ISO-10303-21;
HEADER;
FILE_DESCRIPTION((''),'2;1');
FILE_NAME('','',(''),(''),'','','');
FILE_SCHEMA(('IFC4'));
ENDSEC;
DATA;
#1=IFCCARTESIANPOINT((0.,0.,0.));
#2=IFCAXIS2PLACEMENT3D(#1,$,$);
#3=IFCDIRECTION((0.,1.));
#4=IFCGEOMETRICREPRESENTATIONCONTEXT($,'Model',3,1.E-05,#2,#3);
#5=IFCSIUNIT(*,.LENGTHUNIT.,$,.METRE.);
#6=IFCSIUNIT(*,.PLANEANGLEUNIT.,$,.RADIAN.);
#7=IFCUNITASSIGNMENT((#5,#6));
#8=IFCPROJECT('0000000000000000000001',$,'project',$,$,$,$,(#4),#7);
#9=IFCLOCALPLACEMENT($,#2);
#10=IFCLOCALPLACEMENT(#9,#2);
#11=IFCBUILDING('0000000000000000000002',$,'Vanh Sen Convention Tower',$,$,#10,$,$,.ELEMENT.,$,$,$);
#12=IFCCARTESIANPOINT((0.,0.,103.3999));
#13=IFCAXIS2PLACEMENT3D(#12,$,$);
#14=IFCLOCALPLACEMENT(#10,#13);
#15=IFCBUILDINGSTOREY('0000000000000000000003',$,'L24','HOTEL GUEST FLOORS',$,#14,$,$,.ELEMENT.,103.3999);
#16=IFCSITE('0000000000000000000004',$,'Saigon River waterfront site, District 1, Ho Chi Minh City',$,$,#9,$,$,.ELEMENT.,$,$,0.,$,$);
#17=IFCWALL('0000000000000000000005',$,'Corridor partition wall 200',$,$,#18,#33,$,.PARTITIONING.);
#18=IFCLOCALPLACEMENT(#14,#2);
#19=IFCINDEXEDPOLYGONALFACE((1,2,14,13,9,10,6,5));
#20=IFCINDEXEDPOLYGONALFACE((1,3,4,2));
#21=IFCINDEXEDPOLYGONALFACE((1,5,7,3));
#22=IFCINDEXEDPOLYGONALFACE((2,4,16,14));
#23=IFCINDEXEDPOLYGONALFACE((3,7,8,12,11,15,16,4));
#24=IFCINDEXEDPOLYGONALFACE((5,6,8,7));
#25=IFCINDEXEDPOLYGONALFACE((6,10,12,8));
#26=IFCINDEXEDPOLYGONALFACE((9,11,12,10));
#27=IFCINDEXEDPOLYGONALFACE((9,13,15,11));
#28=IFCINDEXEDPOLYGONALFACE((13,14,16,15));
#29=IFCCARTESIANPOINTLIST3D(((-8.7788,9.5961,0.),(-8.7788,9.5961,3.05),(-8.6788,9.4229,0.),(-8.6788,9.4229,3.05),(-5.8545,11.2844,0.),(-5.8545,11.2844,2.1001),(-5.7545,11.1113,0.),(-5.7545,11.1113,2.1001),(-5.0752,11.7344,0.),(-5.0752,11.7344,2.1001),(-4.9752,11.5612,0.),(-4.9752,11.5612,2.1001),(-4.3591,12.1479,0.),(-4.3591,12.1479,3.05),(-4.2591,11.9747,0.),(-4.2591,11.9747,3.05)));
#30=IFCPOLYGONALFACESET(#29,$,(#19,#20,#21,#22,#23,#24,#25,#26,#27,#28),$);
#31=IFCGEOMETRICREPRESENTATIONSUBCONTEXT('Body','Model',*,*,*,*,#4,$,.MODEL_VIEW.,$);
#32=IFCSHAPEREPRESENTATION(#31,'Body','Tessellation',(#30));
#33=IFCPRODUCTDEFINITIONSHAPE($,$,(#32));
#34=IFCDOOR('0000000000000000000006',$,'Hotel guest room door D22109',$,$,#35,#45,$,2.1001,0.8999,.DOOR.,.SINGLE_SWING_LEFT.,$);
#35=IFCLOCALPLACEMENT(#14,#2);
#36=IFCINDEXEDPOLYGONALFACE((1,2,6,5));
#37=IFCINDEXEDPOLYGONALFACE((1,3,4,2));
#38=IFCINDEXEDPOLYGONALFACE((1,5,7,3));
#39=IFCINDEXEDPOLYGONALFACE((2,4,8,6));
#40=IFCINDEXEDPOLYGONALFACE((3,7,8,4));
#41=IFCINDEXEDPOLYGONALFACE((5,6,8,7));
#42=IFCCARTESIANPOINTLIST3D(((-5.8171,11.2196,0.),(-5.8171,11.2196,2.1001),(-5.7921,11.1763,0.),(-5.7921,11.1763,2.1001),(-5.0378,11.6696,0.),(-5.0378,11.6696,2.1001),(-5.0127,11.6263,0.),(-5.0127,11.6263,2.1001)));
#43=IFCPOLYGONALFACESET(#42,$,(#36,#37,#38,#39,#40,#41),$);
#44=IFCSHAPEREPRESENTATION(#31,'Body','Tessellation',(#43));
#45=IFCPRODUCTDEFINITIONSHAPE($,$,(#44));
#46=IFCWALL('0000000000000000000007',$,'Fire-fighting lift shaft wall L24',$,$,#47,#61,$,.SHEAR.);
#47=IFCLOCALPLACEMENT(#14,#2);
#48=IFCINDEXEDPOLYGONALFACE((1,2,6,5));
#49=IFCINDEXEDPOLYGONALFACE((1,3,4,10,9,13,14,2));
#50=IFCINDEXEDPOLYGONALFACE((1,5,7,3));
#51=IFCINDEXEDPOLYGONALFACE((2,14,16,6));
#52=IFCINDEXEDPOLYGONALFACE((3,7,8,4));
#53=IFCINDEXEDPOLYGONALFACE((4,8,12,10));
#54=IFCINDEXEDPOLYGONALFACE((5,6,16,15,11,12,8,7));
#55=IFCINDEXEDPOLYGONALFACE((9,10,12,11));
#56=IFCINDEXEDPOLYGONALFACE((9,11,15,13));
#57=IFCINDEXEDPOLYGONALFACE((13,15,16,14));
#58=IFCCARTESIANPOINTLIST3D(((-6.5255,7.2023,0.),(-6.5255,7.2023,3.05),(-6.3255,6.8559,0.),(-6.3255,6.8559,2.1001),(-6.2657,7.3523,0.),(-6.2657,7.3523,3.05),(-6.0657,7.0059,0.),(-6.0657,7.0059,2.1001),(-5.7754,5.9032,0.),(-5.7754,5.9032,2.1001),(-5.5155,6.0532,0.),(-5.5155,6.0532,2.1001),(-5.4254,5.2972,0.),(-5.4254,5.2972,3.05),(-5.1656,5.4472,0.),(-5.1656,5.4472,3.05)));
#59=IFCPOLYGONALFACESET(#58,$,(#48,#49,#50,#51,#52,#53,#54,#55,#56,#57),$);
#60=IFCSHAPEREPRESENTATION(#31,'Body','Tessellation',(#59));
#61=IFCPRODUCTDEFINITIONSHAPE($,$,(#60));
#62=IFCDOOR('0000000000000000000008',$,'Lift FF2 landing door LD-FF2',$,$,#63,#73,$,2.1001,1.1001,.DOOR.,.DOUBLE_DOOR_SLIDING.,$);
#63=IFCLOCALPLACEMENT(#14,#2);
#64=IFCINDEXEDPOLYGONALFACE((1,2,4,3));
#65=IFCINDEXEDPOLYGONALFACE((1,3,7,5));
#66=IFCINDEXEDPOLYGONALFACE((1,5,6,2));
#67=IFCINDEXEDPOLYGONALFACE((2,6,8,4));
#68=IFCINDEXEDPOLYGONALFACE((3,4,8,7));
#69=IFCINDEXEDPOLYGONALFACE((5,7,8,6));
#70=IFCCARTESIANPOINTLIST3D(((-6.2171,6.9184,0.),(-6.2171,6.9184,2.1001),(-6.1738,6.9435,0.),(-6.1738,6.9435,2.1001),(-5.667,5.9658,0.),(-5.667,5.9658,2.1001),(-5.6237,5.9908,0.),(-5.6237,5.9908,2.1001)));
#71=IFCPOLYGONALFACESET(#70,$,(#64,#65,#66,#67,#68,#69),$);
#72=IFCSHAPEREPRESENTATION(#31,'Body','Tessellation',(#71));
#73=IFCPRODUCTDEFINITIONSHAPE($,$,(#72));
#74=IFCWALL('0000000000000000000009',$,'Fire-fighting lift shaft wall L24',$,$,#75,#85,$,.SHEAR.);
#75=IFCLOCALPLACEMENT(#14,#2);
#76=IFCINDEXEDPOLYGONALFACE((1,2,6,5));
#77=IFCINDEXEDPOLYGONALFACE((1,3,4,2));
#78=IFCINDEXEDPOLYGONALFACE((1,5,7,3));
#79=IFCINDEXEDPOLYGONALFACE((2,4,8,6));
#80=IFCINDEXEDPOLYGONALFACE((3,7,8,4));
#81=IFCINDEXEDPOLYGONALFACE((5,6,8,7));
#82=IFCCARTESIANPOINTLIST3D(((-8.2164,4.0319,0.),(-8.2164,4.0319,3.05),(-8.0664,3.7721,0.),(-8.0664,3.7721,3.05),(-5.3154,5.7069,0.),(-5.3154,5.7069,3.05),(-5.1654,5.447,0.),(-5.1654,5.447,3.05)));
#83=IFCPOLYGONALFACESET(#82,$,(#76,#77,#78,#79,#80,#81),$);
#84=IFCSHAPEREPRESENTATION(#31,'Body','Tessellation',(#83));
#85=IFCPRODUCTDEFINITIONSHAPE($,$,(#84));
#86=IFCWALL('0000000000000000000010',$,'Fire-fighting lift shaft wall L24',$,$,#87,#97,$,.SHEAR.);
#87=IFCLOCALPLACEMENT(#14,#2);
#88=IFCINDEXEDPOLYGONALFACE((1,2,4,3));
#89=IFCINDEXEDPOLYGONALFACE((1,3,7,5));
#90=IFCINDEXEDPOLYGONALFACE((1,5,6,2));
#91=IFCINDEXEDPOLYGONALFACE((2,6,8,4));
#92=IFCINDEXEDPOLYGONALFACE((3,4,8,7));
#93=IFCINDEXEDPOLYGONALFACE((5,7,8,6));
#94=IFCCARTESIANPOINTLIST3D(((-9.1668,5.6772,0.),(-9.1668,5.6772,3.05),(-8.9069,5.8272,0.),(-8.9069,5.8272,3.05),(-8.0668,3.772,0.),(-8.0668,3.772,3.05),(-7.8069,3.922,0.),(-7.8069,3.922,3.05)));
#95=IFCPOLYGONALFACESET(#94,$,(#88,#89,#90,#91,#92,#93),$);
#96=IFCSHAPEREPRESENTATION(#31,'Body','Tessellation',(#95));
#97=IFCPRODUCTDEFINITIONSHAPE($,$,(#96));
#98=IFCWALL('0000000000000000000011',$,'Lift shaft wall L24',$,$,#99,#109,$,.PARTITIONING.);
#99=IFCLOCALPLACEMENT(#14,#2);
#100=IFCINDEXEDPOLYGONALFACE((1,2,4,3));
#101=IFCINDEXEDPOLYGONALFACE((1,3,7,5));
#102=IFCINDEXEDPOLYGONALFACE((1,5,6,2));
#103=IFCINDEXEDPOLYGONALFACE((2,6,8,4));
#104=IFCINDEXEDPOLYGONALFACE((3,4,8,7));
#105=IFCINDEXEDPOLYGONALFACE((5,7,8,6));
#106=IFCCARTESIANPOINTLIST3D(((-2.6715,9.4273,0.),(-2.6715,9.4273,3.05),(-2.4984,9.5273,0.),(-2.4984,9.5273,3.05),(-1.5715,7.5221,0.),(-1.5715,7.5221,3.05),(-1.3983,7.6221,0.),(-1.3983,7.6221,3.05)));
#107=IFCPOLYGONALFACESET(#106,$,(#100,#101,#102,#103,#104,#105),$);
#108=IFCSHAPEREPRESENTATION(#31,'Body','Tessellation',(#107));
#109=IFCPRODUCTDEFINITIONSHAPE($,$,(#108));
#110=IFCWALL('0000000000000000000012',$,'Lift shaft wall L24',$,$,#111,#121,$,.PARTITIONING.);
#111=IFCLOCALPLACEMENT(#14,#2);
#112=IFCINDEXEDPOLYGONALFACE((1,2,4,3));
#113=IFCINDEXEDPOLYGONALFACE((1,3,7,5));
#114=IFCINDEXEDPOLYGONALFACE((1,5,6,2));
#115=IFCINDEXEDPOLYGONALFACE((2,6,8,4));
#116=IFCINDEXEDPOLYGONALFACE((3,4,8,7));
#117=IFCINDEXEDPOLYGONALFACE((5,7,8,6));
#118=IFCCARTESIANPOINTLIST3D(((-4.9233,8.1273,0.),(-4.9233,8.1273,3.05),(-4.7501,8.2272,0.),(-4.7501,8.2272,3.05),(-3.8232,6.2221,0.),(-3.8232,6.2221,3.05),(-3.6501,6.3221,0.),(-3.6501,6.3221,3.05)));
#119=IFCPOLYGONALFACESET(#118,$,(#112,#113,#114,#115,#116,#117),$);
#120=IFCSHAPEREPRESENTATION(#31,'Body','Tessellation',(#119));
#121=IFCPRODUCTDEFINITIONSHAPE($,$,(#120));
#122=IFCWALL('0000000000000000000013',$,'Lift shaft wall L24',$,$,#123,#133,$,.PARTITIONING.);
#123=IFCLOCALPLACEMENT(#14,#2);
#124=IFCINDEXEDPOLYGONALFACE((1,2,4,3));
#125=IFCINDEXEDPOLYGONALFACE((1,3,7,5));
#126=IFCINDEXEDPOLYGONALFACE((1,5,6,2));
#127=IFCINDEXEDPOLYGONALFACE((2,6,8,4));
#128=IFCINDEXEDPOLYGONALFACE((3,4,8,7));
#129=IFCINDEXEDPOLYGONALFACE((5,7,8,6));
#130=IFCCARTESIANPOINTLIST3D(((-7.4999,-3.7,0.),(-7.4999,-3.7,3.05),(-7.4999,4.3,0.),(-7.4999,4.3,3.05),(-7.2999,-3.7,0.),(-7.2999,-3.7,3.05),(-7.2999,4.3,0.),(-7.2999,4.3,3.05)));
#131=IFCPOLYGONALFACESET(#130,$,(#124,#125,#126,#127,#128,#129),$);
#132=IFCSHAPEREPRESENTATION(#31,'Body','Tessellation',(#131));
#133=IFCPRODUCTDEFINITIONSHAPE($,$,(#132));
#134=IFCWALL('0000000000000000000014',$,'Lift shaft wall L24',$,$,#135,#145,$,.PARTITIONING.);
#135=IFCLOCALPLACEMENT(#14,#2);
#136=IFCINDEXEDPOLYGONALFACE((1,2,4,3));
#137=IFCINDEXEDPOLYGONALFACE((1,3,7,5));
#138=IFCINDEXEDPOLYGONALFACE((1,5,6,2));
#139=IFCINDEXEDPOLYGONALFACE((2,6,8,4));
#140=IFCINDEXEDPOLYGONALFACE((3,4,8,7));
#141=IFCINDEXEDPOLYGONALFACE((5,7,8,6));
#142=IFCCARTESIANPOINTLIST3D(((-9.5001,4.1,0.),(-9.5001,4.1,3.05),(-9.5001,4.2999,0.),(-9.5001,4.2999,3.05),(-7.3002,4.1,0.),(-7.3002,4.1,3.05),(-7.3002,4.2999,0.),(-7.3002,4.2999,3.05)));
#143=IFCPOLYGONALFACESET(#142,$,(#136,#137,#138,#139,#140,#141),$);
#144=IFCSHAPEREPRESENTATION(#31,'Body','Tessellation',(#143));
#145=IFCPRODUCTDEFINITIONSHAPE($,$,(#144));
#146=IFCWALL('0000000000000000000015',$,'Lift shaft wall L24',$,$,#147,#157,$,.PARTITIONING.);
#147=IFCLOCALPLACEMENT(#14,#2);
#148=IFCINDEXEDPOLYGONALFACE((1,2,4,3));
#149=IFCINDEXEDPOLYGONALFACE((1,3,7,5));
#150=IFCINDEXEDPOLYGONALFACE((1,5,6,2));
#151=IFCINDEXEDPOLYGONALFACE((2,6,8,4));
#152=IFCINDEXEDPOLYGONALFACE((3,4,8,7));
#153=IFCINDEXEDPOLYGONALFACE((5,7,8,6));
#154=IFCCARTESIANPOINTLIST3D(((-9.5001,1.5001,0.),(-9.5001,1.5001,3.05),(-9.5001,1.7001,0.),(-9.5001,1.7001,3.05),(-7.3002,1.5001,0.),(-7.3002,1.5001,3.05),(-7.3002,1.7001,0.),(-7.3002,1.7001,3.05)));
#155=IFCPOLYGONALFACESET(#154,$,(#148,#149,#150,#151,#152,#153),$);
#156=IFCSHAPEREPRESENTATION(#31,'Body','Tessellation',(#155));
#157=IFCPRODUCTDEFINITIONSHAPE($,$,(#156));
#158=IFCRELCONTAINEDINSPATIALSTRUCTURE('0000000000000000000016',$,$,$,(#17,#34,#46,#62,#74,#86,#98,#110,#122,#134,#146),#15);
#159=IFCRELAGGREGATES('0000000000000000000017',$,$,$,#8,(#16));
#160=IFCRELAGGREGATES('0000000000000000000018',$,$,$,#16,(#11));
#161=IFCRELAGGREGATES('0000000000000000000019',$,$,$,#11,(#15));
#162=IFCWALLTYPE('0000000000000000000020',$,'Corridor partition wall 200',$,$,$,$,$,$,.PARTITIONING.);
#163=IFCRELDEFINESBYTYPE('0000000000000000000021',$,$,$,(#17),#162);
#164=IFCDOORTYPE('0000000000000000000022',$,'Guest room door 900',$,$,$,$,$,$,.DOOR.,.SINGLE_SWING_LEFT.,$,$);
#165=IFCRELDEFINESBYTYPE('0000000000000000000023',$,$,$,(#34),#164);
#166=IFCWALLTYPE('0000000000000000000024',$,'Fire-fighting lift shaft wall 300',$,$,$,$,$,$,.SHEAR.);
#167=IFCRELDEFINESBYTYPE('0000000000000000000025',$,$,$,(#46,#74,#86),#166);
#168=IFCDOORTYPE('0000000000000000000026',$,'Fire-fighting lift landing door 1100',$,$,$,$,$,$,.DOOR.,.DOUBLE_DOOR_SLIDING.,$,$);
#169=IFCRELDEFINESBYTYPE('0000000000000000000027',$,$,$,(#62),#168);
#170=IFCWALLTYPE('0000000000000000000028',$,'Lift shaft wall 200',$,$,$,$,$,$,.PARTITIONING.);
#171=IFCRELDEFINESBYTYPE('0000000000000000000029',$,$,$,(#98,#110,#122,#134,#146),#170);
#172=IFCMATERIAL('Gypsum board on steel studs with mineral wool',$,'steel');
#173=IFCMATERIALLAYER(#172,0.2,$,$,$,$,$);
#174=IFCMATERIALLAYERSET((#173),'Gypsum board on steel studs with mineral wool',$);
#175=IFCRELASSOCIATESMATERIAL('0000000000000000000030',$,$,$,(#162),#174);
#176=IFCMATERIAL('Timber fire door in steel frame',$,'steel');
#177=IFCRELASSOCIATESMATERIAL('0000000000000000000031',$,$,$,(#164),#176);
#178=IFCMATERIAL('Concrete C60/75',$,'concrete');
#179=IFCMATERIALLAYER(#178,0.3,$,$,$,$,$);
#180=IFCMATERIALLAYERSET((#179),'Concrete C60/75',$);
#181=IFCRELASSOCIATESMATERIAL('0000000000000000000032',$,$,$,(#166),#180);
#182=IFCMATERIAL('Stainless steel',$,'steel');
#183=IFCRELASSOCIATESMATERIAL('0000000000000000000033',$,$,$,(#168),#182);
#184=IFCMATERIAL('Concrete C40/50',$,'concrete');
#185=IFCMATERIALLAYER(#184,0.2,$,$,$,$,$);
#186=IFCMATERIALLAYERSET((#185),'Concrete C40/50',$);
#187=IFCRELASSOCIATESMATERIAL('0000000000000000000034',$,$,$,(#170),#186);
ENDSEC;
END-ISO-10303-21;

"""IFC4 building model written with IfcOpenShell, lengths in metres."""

from ifc_helpers import new_model, si_unit, direction, frame, frame_2d, origin, place, context, subcontext, project, spatial, rectangle, extrude, material, layer, layer_set, type_object, element, fill, save


model = new_model("IFC4")

# Units and contexts
model_context = context("Model", 3, precision=1e-05, world=origin(), true_north=direction((0.0, 1.0)))
body_context = subcontext(model_context, "Body", "Model", "MODEL_VIEW")
ifc_project = project(units=[si_unit("LENGTHUNIT", "METRE"), si_unit("PLANEANGLEUNIT", "RADIAN")], contexts=[model_context])

# Site, building, storey
site_placement = place(None, origin())
site = spatial("IfcSite", under=ifc_project, at=site_placement, Name="Saigon River waterfront site, District 1, Ho Chi Minh City", CompositionType="ELEMENT", RefElevation=0.0)
building_placement = place(site_placement, origin())
building = spatial("IfcBuilding", under=site, at=building_placement, Name="Vanh Sen Convention Tower", CompositionType="ELEMENT")
storey_placement = place(building_placement, frame((0.0, 0.0, 103.3999)))
storey = spatial("IfcBuildingStorey", under=building, at=storey_placement, Name="L24", Description="HOTEL GUEST FLOORS", CompositionType="ELEMENT", Elevation=103.3999)

# Walls, openings, doors
ifc_material_1 = material(Name="Gypsum board on steel studs with mineral wool", Category="steel")
ifc_layer_1 = layer(ifc_material_1, 0.2)
ifc_layer_set_1 = layer_set([ifc_layer_1], Name="Gypsum board on steel studs with mineral wool")
wall_type_1 = type_object("IfcWallType", Name="Corridor partition wall 200", PredefinedType="PARTITIONING", material=ifc_layer_set_1)
ifc_material_2 = material(Name="Timber fire door in steel frame", Category="steel")
door_type_1 = type_object("IfcDoorType", Name="Guest room door 900", OperationType="SINGLE_SWING_LEFT", PredefinedType="DOOR", material=ifc_material_2)
wall_1_placement = place(storey_placement, frame((-4.3091, 12.0613, 0.0), z_axis=(0.0, 0.0, 1.0), x_axis=(-0.866021, -0.500008, 0.0)))
wall_1 = element("IfcWall", 1, at=wall_1_placement, inside=storey, type_object=wall_type_1, Name="Corridor partition wall 200", PredefinedType="PARTITIONING", context=body_context, shape_type="SweptSolid", body=[
    extrude(rectangle(XDim=5.1035, YDim=0.2, at=frame_2d((2.5518, 0.0))), origin(), (0.0, 0.0, 1.0), 3.05),
])
opening_1_placement = place(wall_1_placement, frame((0.8269, 0.0, 0.0)))
opening_1 = element("IfcOpeningElement", 2, at=opening_1_placement, cuts=wall_1, PredefinedType="OPENING", context=body_context, shape_type="SweptSolid", body=[
    extrude(rectangle(XDim=0.8999, YDim=2.1001, at=frame_2d((0.45, 1.05))), frame((0.0, 0.1099, 0.0), z_axis=(0.0, -1.0, 0.0), x_axis=(1.0, 0.0, 0.0)), (0.0, 0.0, 1.0), 0.22),
])
door_1_placement = place(opening_1_placement, origin())
door_1 = element("IfcDoor", 3, at=door_1_placement, inside=storey, type_object=door_type_1, Name="Hotel guest room door D22109", OperationType="SINGLE_SWING_LEFT", OverallHeight=2.1001, OverallWidth=0.8999, PredefinedType="DOOR", context=body_context, shape_type="SweptSolid", body=[
    extrude(rectangle(XDim=0.8999, YDim=2.1001, at=frame_2d((0.45, 1.05))), frame((0.0, 0.0249, 0.0), z_axis=(0.0, -1.0, 0.0), x_axis=(1.0, 0.0, 0.0)), (0.0, 0.0, 1.0), 0.05),
])
fill(opening_1, door_1)
ifc_material_3 = material(Name="Concrete C60/75", Category="concrete")
ifc_layer_2 = layer(ifc_material_3, 0.3)
ifc_layer_set_2 = layer_set([ifc_layer_2], Name="Concrete C60/75")
wall_type_2 = type_object("IfcWallType", Name="Fire-fighting lift shaft wall 300", PredefinedType="SHEAR", material=ifc_layer_set_2)
wall_2_placement = place(storey_placement, frame((-5.2954, 5.3721, 0.0), z_axis=(0.0, 0.0, 1.0), x_axis=(-0.500078, 0.86598, 0.0)))
wall_2 = element("IfcWall", 4, at=wall_2_placement, inside=storey, type_object=wall_type_2, Name="Fire-fighting lift shaft wall L24", PredefinedType="SHEAR", context=body_context, shape_type="SweptSolid", body=[
    extrude(rectangle(XDim=2.2, YDim=0.3, at=frame_2d((1.1001, 0.0))), origin(), (0.0, 0.0, 1.0), 3.05),
])
opening_2_placement = place(wall_2_placement, frame((0.7, 0.0, 0.0)))
opening_2 = element("IfcOpeningElement", 5, at=opening_2_placement, cuts=wall_2, PredefinedType="OPENING", context=body_context, shape_type="SweptSolid", body=[
    extrude(rectangle(XDim=1.1001, YDim=2.1001, at=frame_2d((0.55, 1.05))), frame((0.0, 0.1599, 0.0), z_axis=(0.0, -1.0, 0.0), x_axis=(1.0, 0.0, 0.0)), (0.0, 0.0, 1.0), 0.3201),
])
ifc_material_4 = material(Name="Stainless steel", Category="steel")
door_type_2 = type_object("IfcDoorType", Name="Fire-fighting lift landing door 1100", OperationType="DOUBLE_DOOR_SLIDING", PredefinedType="DOOR", material=ifc_material_4)
door_2_placement = place(opening_2_placement, origin())
door_2 = element("IfcDoor", 6, at=door_2_placement, inside=storey, type_object=door_type_2, Name="Lift FF2 landing door LD-FF2", OperationType="DOUBLE_DOOR_SLIDING", OverallHeight=2.1001, OverallWidth=1.1001, PredefinedType="DOOR", context=body_context, shape_type="SweptSolid", body=[
    extrude(rectangle(XDim=1.1001, YDim=2.1001, at=frame_2d((0.55, 1.05))), frame((0.0, 0.0249, 0.0), z_axis=(0.0, -1.0, 0.0), x_axis=(1.0, 0.0, 0.0)), (0.0, 0.0, 1.0), 0.05),
])
fill(opening_2, door_2)

# Walls
wall_3_placement = place(storey_placement, frame((-5.2405, 5.5769, 0.0), z_axis=(0.0, 0.0, 1.0), x_axis=(-0.866014, -0.500019, 0.0)))
element("IfcWall", 7, at=wall_3_placement, inside=storey, type_object=wall_type_2, Name="Fire-fighting lift shaft wall L24", PredefinedType="SHEAR", context=body_context, shape_type="SweptSolid", body=[
    extrude(rectangle(XDim=3.3499, YDim=0.3, at=frame_2d((1.6748, 0.0))), origin(), (0.0, 0.0, 1.0), 3.05),
])
wall_4_placement = place(storey_placement, frame((-7.9368, 3.8469, 0.0), z_axis=(0.0, 0.0, 1.0), x_axis=(-0.50003, 0.866008, 0.0)))
element("IfcWall", 8, at=wall_4_placement, inside=storey, type_object=wall_type_2, Name="Fire-fighting lift shaft wall L24", PredefinedType="SHEAR", context=body_context, shape_type="SweptSolid", body=[
    extrude(rectangle(XDim=2.2, YDim=0.3, at=frame_2d((1.1001, 0.0))), origin(), (0.0, 0.0, 1.0), 3.05),
])
ifc_material_5 = material(Name="Concrete C40/50", Category="concrete")
ifc_layer_3 = layer(ifc_material_5, 0.2)
ifc_layer_set_3 = layer_set([ifc_layer_3], Name="Concrete C40/50")
wall_type_3 = type_object("IfcWallType", Name="Lift shaft wall 200", PredefinedType="PARTITIONING", material=ifc_layer_set_3)
for number, where, z_axis, x_axis, name in (
    (9, (-1.4849, 7.572, 0.0), (0.0, 0.0, 1.0), (-0.50003, 0.866008, 0.0), "Lift shaft wall L24"),
    (10, (-3.7366, 6.272, 0.0), (0.0, 0.0, 1.0), (-0.50003, 0.866008, 0.0), "Lift shaft wall L24"),
):
    element("IfcWall", number, at=place(storey_placement, frame(where, z_axis=z_axis, x_axis=x_axis)), inside=storey, type_object=wall_type_3, Name=name, PredefinedType="PARTITIONING", context=body_context, shape_type="SweptSolid", body=[
        extrude(rectangle(XDim=2.2, YDim=0.2, at=frame_2d((1.1001, 0.0))), origin(), (0.0, 0.0, 1.0), 3.05),
    ])
wall_5_placement = place(storey_placement, frame((-7.3999, 4.3, 0.0), z_axis=(0.0, 0.0, 1.0), x_axis=(0.0, -1.0, 0.0)))
element("IfcWall", 11, at=wall_5_placement, inside=storey, type_object=wall_type_3, Name="Lift shaft wall L24", PredefinedType="PARTITIONING", context=body_context, shape_type="SweptSolid", body=[
    extrude(rectangle(XDim=8.0, YDim=0.2, at=frame_2d((4.0, 0.0))), origin(), (0.0, 0.0, 1.0), 3.05),
])
for number, where, z_axis, x_axis, name in (
    (12, (-7.3, 4.2, 0.0), (0.0, 0.0, 1.0), (-1.0, 0.0, 0.0), "Lift shaft wall L24"),
    (13, (-7.3, 1.6001, 0.0), (0.0, 0.0, 1.0), (-1.0, 0.0, 0.0), "Lift shaft wall L24"),
):
    element("IfcWall", number, at=place(storey_placement, frame(where, z_axis=z_axis, x_axis=x_axis)), inside=storey, type_object=wall_type_3, Name=name, PredefinedType="PARTITIONING", context=body_context, shape_type="SweptSolid", body=[
        extrude(rectangle(XDim=2.2, YDim=0.2, at=frame_2d((1.1001, 0.0))), origin(), (0.0, 0.0, 1.0), 3.05),
    ])

save(model, "model.ifc")
